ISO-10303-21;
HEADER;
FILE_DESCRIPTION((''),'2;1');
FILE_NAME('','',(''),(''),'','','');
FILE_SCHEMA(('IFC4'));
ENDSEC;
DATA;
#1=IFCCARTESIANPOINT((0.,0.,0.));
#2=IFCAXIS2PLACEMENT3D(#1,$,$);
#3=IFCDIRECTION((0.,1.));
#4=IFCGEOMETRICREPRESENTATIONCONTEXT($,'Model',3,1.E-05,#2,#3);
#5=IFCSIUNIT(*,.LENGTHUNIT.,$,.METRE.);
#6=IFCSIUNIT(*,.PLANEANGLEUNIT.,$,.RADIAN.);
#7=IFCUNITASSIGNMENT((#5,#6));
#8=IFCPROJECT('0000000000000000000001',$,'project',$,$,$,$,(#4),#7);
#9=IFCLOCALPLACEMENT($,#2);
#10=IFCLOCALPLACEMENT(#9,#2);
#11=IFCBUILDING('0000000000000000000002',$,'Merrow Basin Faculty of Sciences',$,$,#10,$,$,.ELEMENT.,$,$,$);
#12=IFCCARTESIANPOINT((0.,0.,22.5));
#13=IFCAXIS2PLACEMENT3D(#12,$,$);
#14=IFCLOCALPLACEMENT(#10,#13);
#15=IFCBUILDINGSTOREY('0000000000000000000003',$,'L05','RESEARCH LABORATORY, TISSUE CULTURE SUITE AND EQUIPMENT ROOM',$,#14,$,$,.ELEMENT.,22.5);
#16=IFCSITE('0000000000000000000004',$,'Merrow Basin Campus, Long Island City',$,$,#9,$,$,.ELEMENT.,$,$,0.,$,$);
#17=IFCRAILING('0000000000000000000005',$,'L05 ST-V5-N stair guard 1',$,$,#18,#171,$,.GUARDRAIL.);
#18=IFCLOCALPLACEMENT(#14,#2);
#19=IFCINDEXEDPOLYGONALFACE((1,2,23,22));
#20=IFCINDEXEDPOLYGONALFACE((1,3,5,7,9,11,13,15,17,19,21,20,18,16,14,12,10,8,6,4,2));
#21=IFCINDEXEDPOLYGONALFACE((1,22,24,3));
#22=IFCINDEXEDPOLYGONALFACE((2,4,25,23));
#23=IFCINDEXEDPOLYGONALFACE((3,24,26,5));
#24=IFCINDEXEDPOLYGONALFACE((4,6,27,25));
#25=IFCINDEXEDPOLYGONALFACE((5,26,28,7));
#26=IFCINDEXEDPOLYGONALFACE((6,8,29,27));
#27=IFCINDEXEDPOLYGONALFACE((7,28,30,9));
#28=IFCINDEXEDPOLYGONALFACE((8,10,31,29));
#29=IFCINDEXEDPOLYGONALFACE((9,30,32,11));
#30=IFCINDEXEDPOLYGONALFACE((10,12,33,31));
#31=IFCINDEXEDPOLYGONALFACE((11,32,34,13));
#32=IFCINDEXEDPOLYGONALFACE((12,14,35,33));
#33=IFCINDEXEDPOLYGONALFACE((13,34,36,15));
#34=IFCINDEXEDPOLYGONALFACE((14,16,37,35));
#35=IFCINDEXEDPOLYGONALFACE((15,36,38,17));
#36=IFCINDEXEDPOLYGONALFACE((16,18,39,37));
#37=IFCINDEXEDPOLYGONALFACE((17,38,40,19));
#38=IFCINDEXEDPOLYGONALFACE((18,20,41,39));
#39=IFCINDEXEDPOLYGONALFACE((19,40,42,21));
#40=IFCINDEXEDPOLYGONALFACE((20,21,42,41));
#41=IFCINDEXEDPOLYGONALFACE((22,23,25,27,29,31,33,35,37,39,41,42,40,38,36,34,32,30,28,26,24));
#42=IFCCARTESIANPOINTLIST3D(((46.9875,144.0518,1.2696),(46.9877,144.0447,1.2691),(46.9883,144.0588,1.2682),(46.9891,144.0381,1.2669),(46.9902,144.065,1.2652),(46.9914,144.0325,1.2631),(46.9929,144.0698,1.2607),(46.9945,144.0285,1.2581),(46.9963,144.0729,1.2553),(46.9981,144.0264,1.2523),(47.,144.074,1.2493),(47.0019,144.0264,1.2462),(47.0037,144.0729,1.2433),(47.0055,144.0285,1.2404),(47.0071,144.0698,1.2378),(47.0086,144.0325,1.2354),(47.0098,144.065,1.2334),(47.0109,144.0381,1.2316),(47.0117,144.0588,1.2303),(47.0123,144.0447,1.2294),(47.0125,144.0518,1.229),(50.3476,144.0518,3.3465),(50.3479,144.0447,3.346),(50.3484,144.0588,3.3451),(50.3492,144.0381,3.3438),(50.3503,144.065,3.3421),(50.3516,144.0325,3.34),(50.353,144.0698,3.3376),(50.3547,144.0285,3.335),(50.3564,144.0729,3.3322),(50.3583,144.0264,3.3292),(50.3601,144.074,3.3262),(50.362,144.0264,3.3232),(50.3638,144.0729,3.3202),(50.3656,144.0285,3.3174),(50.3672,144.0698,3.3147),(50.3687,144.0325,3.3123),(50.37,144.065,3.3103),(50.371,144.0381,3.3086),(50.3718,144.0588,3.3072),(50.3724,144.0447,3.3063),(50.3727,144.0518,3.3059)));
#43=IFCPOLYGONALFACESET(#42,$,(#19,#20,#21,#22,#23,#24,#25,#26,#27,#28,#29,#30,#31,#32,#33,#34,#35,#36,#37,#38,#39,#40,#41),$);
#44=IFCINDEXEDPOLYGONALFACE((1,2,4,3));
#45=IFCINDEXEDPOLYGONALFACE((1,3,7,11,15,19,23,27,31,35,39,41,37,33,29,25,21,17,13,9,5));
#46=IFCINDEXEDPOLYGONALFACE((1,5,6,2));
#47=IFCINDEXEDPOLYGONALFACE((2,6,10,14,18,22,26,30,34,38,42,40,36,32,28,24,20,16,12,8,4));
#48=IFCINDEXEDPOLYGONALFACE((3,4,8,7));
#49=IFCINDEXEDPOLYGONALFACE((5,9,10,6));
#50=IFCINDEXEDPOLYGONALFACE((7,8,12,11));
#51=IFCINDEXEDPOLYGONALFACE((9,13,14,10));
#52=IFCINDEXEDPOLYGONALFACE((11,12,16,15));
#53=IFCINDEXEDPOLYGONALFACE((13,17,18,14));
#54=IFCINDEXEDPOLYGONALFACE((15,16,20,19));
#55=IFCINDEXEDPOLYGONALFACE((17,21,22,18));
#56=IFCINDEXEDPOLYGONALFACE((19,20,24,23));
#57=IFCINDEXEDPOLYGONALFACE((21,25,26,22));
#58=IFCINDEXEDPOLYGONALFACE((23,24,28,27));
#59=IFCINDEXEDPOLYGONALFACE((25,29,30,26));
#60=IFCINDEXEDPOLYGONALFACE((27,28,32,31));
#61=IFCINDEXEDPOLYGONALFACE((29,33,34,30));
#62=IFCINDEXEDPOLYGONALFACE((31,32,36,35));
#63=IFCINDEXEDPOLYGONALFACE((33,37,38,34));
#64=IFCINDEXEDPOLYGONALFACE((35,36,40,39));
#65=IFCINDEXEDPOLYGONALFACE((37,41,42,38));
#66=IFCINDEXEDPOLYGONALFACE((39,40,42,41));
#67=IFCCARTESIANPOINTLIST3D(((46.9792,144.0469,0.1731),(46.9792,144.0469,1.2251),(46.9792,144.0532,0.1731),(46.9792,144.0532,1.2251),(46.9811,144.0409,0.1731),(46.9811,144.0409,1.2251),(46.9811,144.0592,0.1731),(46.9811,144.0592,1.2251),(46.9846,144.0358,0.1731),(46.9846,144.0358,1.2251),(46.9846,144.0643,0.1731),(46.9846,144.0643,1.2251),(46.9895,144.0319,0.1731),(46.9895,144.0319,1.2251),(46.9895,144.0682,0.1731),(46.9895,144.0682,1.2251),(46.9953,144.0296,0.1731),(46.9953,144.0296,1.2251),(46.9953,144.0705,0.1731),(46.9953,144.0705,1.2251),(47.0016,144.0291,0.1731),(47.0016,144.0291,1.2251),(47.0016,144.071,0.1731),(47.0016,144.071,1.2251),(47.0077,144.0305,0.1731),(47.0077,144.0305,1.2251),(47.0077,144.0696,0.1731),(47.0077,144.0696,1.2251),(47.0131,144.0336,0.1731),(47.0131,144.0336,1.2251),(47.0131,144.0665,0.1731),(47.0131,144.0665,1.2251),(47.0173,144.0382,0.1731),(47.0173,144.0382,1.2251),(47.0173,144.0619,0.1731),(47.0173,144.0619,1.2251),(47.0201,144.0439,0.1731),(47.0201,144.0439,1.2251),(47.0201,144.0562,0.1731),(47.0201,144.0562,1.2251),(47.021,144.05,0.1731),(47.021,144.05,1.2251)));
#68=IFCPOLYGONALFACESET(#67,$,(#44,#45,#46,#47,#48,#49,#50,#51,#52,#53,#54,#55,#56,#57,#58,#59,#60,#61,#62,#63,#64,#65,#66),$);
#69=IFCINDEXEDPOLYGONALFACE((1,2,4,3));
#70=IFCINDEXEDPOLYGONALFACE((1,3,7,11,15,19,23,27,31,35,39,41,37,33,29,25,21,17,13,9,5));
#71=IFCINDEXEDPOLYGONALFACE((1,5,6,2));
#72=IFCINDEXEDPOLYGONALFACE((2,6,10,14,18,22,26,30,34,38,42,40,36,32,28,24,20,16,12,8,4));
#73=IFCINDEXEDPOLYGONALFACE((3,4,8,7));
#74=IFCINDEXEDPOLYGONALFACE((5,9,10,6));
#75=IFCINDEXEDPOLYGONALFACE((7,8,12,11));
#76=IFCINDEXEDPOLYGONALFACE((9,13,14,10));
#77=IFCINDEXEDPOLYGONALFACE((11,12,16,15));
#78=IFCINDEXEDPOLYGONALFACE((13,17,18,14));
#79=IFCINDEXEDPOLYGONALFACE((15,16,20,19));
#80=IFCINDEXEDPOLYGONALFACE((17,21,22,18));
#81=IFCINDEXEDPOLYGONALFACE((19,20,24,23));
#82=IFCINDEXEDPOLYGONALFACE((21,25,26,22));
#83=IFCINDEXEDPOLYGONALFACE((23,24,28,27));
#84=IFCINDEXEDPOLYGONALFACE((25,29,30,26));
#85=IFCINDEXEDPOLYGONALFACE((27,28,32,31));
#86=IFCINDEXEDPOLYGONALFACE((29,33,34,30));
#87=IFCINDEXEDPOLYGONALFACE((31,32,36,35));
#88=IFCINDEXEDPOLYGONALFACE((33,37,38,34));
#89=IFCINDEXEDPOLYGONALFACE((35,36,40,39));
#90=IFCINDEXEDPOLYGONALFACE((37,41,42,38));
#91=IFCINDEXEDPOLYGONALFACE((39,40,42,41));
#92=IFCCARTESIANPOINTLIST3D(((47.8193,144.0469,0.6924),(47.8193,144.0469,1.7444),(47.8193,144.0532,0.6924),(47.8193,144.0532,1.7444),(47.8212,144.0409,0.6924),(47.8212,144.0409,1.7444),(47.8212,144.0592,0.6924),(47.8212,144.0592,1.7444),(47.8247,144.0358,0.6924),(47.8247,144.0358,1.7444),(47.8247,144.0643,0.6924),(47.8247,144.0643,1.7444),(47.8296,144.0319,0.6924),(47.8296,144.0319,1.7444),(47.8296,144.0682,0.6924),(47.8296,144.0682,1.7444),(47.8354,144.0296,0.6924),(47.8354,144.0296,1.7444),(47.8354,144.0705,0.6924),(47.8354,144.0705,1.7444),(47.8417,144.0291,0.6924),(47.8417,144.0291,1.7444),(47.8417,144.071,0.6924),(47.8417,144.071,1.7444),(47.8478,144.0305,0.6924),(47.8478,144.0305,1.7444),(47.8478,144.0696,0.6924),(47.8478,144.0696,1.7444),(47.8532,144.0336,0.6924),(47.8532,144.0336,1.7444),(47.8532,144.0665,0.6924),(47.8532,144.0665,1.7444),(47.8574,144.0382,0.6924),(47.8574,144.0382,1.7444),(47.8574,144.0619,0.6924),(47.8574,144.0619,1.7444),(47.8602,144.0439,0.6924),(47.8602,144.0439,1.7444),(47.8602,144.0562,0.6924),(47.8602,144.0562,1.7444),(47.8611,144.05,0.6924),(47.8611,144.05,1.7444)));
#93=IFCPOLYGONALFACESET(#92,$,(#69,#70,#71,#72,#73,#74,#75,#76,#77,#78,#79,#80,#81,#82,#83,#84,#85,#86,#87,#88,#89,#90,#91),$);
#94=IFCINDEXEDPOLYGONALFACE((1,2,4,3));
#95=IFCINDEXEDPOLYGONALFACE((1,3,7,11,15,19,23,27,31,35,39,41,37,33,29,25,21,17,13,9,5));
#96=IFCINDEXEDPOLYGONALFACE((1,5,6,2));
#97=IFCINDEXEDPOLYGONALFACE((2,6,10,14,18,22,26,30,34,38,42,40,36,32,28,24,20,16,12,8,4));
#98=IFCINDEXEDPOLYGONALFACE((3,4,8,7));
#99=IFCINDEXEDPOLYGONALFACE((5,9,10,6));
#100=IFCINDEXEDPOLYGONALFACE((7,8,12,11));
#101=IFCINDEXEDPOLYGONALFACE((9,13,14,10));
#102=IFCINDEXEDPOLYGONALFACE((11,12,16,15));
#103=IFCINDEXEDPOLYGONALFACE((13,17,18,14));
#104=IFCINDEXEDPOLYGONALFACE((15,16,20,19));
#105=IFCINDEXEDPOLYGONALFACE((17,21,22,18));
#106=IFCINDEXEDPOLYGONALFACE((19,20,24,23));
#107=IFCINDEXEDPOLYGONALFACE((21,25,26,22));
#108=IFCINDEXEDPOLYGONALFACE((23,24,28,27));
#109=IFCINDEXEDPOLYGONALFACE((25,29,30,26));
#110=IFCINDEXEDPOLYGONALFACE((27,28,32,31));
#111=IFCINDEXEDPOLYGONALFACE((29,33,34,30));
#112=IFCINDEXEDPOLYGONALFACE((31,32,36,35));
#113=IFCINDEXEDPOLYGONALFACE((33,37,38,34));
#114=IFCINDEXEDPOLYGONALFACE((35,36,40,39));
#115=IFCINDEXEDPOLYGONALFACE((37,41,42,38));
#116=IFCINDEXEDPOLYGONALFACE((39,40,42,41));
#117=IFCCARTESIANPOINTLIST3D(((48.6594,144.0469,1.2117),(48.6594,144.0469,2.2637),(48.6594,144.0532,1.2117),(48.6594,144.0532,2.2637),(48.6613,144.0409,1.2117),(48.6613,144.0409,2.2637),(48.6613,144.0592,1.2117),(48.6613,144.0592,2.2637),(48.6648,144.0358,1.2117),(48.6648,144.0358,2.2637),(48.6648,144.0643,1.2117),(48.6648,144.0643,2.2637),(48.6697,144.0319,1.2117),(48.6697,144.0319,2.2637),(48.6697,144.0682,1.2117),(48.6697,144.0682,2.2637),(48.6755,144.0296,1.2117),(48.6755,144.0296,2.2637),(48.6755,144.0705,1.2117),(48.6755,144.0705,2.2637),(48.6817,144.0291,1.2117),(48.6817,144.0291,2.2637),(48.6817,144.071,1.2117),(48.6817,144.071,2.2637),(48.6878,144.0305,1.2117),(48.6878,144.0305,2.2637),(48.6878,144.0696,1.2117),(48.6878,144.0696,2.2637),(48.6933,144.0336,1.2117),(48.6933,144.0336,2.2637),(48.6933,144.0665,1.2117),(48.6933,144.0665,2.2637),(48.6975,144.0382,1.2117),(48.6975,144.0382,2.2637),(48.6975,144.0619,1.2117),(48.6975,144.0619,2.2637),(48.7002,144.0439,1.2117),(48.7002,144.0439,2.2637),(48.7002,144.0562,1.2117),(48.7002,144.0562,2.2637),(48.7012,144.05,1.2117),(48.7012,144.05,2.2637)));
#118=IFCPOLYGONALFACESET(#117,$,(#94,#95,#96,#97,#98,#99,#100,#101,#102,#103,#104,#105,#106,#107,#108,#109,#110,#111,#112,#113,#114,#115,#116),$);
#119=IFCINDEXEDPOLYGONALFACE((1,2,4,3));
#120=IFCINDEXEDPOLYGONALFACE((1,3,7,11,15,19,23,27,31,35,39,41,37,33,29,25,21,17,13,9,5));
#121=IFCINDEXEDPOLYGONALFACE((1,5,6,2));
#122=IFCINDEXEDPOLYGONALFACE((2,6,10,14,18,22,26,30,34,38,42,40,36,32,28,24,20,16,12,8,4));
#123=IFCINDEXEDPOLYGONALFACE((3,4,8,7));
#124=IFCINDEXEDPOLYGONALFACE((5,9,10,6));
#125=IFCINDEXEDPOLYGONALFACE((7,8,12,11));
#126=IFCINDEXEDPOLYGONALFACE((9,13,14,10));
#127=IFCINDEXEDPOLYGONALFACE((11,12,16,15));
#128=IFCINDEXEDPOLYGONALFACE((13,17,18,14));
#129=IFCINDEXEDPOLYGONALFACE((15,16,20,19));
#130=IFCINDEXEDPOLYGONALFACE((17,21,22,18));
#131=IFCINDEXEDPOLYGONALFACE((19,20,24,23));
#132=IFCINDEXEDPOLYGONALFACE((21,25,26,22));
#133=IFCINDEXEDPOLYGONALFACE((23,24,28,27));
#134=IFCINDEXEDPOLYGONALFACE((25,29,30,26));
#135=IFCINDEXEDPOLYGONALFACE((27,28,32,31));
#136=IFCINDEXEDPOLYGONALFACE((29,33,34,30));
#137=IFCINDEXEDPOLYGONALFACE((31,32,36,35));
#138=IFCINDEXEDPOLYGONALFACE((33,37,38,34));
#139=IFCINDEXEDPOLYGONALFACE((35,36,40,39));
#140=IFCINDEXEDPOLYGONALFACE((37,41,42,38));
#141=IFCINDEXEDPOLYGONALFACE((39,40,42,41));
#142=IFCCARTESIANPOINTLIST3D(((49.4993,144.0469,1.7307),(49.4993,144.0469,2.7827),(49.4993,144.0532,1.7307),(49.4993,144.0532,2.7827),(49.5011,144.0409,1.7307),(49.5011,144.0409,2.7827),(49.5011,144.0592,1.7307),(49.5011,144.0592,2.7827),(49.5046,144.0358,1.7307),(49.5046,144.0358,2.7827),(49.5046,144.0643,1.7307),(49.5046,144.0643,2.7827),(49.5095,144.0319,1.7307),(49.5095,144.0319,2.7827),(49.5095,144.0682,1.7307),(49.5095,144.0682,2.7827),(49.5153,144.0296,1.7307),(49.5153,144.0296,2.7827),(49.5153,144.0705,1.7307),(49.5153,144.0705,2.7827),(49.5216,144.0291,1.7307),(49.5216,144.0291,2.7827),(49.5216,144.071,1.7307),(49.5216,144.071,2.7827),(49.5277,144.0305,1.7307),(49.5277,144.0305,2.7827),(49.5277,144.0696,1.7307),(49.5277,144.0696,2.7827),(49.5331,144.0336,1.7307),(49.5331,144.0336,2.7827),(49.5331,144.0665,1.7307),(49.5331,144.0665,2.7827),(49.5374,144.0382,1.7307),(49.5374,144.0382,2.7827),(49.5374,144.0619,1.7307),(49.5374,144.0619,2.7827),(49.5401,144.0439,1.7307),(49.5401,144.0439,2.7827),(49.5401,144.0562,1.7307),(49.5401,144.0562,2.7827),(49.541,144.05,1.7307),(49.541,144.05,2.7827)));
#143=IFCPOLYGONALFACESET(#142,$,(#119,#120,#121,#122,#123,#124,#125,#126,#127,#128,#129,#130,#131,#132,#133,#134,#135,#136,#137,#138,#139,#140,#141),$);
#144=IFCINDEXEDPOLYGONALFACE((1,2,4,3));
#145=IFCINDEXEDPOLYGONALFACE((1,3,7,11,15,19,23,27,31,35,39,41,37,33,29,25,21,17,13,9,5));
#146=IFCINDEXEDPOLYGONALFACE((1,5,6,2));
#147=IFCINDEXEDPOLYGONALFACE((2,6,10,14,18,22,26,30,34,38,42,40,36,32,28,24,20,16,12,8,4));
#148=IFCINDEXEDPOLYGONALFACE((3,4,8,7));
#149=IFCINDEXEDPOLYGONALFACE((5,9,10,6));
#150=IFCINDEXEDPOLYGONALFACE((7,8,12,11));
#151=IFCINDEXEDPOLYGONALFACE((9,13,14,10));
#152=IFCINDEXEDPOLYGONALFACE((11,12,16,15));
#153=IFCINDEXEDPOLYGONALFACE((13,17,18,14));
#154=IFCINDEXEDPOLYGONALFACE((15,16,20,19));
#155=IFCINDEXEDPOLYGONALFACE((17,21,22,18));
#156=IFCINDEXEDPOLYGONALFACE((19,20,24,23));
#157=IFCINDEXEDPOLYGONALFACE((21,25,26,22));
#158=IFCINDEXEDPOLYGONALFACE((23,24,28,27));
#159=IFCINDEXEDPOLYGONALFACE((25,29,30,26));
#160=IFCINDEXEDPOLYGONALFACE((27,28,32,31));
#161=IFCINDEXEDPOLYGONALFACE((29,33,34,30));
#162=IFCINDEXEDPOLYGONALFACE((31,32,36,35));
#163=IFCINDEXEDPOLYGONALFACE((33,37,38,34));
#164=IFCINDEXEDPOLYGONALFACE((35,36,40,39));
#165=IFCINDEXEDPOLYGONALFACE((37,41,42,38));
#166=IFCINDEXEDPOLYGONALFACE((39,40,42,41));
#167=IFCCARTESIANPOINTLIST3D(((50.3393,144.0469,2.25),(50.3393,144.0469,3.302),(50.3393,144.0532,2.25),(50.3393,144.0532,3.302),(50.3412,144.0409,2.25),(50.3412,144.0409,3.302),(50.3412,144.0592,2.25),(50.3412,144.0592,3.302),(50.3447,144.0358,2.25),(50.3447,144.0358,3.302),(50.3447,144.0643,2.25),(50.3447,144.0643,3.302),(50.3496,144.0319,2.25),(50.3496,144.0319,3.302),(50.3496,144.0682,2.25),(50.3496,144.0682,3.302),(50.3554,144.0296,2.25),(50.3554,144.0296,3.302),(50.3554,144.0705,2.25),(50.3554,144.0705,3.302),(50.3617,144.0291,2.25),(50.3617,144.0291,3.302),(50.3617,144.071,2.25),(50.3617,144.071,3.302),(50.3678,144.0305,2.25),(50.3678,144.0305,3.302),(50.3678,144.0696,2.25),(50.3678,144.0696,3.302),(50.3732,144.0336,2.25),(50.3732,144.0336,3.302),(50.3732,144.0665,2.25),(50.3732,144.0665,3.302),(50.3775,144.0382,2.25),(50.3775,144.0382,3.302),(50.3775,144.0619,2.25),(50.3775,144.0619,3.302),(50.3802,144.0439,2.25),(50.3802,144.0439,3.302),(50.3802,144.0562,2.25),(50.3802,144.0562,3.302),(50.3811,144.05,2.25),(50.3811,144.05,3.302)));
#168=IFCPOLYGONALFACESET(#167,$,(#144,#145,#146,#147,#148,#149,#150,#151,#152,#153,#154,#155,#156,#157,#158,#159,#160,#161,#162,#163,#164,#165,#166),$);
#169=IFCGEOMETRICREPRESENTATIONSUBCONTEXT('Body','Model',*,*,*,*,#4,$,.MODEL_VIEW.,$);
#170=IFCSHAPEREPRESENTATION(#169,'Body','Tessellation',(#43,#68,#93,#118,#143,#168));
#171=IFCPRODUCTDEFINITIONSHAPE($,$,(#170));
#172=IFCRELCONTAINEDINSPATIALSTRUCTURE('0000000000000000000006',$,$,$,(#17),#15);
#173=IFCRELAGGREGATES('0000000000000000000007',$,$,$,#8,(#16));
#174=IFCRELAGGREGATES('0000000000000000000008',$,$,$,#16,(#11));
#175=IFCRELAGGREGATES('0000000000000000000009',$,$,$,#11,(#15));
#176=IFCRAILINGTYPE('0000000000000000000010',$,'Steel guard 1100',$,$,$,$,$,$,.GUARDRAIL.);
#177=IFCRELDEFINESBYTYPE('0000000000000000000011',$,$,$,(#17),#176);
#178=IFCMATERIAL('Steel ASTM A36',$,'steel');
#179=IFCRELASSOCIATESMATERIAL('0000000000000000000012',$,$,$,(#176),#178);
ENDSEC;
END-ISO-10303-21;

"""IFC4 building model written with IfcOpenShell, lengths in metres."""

from ifc_helpers import new_model, si_unit, direction, frame, origin, origin_2d, place, context, subcontext, project, spatial, circle, extrude, material, type_object, element, save


model = new_model("IFC4")

# Units and contexts
model_context = context("Model", 3, precision=1e-05, world=origin(), true_north=direction((0.0, 1.0)))
body_context = subcontext(model_context, "Body", "Model", "MODEL_VIEW")
ifc_project = project(units=[si_unit("LENGTHUNIT", "METRE"), si_unit("PLANEANGLEUNIT", "RADIAN")], contexts=[model_context])

# Site, building, storey
site_placement = place(None, origin())
site = spatial("IfcSite", under=ifc_project, at=site_placement, Name="Merrow Basin Campus, Long Island City", CompositionType="ELEMENT", RefElevation=0.0)
building_placement = place(site_placement, origin())
building = spatial("IfcBuilding", under=site, at=building_placement, Name="Merrow Basin Faculty of Sciences", CompositionType="ELEMENT")
storey_placement = place(building_placement, frame((0.0, 0.0, 22.5)))
storey = spatial("IfcBuildingStorey", under=building, at=storey_placement, Name="L05", Description="RESEARCH LABORATORY, TISSUE CULTURE SUITE AND EQUIPMENT ROOM", CompositionType="ELEMENT", Elevation=22.5)

# Railing
ifc_material_1 = material(Name="Steel ASTM A36", Category="steel")
railing_type_1 = type_object("IfcRailingType", Name="Steel guard 1100", PredefinedType="GUARDRAIL", material=ifc_material_1)
railing_1_placement = place(storey_placement, frame((47.0, 144.05, 0.1731)))
element("IfcRailing", 1, at=railing_1_placement, inside=storey, type_object=railing_type_1, Name="L05 ST-V5-N stair guard 1", PredefinedType="GUARDRAIL", context=body_context, shape_type="SweptSolid", body=[
    extrude(circle(Radius=0.0239, at=origin_2d()), frame((0.0, 0.0, 1.0762), z_axis=(0.850623, 0.0, 0.525776), x_axis=(0.0, 1.0, 0.0)), (0.0, 0.0, 1.0), 3.9502),
    extrude(circle(Radius=0.021, at=origin_2d()), origin(), (0.0, 0.0, 1.0), 1.052),
    extrude(circle(Radius=0.021, at=origin_2d()), frame((0.8401, 0.0, 0.5193)), (0.0, 0.0, 1.0), 1.052),
    extrude(circle(Radius=0.021, at=origin_2d()), frame((1.6802, 0.0, 1.0386)), (0.0, 0.0, 1.0), 1.052),
    extrude(circle(Radius=0.021, at=origin_2d()), frame((2.52, 0.0, 1.5576)), (0.0, 0.0, 1.0), 1.052),
    extrude(circle(Radius=0.021, at=origin_2d()), frame((3.3601, 0.0, 2.0769)), (0.0, 0.0, 1.0), 1.052),
])

save(model, "model.ifc")
